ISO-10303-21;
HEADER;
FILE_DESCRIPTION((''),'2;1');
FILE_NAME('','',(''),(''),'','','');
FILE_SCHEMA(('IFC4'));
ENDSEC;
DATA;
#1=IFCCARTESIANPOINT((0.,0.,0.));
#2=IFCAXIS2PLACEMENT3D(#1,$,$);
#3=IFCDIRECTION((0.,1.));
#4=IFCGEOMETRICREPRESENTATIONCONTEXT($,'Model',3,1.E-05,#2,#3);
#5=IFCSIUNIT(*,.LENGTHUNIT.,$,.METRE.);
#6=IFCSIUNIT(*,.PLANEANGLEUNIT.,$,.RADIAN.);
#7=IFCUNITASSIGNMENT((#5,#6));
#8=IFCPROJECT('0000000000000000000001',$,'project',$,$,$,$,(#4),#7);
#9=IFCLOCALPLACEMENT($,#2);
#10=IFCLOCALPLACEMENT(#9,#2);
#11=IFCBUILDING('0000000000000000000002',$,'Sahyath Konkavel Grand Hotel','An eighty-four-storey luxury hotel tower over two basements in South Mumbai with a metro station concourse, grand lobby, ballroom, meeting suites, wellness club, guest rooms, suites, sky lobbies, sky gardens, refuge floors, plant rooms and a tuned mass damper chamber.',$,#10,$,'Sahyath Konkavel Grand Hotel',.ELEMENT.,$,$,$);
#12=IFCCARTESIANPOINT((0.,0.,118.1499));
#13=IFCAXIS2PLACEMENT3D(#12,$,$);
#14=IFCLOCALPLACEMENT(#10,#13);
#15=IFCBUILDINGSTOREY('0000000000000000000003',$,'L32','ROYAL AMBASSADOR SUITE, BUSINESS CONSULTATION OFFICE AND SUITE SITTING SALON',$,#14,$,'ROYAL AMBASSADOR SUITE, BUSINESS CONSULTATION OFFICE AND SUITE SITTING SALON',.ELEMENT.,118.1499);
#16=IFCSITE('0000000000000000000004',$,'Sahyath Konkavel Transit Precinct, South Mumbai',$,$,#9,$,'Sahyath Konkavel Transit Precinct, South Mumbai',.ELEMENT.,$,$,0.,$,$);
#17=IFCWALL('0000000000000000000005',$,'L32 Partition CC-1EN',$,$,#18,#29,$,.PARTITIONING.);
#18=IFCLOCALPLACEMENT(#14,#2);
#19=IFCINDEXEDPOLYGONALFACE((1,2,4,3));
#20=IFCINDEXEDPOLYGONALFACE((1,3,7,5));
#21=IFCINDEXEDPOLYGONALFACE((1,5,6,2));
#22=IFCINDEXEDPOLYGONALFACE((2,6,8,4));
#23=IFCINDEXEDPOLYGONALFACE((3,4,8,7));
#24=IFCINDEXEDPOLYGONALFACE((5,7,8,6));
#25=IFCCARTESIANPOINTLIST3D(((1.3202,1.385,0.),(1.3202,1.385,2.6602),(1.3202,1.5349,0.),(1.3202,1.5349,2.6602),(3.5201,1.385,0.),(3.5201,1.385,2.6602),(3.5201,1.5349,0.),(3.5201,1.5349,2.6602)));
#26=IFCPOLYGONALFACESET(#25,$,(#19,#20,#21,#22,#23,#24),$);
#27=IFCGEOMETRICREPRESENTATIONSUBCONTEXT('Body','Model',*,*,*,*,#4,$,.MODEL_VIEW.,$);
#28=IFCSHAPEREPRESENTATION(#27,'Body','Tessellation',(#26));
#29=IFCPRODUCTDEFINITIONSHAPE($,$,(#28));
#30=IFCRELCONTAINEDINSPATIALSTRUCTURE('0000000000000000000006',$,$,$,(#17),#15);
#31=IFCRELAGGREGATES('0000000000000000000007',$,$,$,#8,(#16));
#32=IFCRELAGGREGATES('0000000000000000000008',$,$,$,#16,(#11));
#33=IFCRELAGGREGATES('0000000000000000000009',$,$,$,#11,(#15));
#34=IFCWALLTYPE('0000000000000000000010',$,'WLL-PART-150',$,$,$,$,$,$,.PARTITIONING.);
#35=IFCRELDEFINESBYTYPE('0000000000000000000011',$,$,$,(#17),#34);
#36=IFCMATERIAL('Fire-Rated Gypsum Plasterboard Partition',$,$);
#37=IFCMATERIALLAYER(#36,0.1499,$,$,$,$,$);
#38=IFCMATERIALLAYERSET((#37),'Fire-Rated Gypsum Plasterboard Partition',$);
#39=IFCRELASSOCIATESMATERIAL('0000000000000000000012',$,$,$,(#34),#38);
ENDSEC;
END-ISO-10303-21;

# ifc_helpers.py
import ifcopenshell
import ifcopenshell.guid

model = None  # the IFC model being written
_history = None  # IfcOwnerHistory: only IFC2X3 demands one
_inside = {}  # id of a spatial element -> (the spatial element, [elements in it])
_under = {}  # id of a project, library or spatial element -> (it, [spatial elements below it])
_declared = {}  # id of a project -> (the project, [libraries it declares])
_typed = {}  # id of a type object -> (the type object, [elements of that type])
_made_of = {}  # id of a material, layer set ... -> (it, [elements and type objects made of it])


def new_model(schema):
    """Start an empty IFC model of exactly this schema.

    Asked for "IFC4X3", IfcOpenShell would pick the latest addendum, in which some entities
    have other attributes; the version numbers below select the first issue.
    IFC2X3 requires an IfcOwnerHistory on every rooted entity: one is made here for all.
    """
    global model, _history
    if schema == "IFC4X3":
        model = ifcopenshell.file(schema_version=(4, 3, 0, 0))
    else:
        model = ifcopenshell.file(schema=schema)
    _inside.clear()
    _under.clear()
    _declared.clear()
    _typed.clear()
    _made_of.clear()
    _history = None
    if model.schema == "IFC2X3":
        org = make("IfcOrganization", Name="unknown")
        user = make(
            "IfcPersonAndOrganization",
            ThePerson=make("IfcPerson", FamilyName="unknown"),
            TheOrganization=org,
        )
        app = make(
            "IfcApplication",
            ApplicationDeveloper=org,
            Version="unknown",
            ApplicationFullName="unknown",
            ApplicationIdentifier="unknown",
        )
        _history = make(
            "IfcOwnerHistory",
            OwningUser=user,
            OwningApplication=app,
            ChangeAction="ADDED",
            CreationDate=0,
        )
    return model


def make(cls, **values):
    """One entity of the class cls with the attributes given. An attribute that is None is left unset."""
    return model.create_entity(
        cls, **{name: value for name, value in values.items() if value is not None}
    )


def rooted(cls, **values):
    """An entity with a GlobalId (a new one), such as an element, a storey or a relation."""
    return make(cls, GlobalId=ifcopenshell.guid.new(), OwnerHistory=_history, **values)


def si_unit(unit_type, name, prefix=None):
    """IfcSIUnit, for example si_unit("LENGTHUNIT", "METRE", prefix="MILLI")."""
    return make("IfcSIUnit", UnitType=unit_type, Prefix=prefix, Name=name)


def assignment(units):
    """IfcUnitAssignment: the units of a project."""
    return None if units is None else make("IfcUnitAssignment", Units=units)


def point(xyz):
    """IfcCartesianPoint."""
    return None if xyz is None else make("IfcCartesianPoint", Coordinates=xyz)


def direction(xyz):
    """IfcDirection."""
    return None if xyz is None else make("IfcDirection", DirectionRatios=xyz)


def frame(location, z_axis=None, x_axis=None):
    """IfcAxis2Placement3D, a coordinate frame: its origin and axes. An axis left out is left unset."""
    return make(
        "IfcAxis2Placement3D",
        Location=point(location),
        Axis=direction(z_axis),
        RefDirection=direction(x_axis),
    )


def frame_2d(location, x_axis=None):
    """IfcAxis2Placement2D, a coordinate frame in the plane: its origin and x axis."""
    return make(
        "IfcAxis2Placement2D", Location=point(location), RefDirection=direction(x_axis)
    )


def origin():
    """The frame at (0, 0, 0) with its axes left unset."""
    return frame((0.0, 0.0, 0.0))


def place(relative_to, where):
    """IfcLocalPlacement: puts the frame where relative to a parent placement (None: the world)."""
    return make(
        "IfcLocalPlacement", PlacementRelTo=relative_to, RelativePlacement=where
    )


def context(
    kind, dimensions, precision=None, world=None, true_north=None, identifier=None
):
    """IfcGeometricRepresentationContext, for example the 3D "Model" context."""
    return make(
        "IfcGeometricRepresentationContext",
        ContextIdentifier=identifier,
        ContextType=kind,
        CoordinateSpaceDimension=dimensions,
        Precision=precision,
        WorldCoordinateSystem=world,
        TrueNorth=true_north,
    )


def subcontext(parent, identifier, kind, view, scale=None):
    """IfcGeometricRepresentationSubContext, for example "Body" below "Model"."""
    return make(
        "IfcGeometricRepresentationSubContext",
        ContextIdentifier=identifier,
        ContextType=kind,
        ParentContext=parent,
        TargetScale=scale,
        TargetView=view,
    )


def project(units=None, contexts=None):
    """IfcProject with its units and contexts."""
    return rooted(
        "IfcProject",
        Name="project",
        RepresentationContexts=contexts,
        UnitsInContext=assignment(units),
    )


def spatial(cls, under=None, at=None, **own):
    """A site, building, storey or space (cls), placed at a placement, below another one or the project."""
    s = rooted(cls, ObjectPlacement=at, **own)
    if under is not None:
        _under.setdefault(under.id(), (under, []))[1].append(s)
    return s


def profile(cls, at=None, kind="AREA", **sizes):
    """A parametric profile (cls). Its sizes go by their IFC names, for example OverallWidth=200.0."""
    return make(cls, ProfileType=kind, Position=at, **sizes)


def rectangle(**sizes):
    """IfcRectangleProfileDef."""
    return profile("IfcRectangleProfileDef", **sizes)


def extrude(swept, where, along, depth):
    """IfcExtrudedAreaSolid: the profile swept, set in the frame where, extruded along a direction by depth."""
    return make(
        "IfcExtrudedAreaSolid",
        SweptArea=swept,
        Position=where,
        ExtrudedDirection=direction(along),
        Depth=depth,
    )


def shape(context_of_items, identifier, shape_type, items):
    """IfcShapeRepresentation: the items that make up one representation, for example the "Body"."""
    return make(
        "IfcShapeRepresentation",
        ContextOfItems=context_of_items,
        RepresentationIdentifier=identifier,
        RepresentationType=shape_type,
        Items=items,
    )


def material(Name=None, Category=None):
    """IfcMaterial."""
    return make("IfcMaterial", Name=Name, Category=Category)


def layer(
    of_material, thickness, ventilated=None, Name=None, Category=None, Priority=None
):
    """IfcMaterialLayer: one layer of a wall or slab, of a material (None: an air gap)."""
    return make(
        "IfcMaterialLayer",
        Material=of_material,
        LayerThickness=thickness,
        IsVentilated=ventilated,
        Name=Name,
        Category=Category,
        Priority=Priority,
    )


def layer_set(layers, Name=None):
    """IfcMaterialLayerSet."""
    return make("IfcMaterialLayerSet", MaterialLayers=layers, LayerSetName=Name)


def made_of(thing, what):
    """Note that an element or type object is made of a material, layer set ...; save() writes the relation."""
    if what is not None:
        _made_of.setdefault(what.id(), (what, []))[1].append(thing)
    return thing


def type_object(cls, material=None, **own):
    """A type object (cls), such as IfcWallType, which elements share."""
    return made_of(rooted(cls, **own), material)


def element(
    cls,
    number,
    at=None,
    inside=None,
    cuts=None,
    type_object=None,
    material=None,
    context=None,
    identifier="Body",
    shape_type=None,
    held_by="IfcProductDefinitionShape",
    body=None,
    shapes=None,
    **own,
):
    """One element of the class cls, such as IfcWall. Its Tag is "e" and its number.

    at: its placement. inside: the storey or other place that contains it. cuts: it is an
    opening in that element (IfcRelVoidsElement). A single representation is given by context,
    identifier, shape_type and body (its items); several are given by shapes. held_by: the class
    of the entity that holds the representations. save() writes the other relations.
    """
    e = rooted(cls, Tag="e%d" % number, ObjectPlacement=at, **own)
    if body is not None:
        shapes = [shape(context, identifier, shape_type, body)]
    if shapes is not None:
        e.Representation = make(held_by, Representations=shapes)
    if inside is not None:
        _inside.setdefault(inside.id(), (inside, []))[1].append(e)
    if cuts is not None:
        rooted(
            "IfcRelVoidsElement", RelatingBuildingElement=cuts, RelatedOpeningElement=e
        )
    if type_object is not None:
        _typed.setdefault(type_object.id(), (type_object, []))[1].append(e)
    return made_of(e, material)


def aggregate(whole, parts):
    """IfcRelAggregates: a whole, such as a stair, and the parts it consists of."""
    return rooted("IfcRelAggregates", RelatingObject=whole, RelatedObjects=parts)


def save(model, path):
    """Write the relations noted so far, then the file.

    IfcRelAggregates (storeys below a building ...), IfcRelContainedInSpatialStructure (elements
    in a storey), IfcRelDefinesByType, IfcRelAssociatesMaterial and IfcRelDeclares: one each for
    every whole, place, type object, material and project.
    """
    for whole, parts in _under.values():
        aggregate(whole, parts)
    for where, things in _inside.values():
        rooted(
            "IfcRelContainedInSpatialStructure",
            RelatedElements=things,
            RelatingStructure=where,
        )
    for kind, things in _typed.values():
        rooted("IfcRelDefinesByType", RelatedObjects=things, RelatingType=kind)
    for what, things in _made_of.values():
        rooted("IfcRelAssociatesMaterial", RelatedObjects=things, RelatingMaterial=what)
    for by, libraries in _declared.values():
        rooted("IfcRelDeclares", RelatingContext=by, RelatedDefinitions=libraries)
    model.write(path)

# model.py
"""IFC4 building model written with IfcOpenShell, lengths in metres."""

from ifc_helpers import new_model, si_unit, direction, frame, frame_2d, origin, place, context, subcontext, project, spatial, rectangle, extrude, material, layer, layer_set, type_object, element, save


model = new_model("IFC4")

# Units and contexts
model_context = context("Model", 3, precision=1e-05, world=origin(), true_north=direction((0.0, 1.0)))
body_context = subcontext(model_context, "Body", "Model", "MODEL_VIEW")
ifc_project = project(units=[si_unit("LENGTHUNIT", "METRE"), si_unit("PLANEANGLEUNIT", "RADIAN")], contexts=[model_context])

# Site, building, storey
site_placement = place(None, origin())
site = spatial("IfcSite", under=ifc_project, at=site_placement, Name="Sahyath Konkavel Transit Precinct, South Mumbai", LongName="Sahyath Konkavel Transit Precinct, South Mumbai", CompositionType="ELEMENT", RefElevation=0.0)
building_placement = place(site_placement, origin())
building = spatial("IfcBuilding", under=site, at=building_placement, Name="Sahyath Konkavel Grand Hotel", Description="An eighty-four-storey luxury hotel tower over two basements in South Mumbai with a metro station concourse, grand lobby, ballroom, meeting suites, wellness club, guest rooms, suites, sky lobbies, sky gardens, refuge floors, plant rooms and a tuned mass damper chamber.", LongName="Sahyath Konkavel Grand Hotel", CompositionType="ELEMENT")
storey_placement = place(building_placement, frame((0.0, 0.0, 118.1499)))
storey = spatial("IfcBuildingStorey", under=building, at=storey_placement, Name="L32", Description="ROYAL AMBASSADOR SUITE, BUSINESS CONSULTATION OFFICE AND SUITE SITTING SALON", LongName="ROYAL AMBASSADOR SUITE, BUSINESS CONSULTATION OFFICE AND SUITE SITTING SALON", CompositionType="ELEMENT", Elevation=118.1499)

# Wall
ifc_material_1 = material(Name="Fire-Rated Gypsum Plasterboard Partition")
ifc_layer_1 = layer(ifc_material_1, 0.1499)
ifc_layer_set_1 = layer_set([ifc_layer_1], Name="Fire-Rated Gypsum Plasterboard Partition")
wall_type_1 = type_object("IfcWallType", Name="WLL-PART-150", PredefinedType="PARTITIONING", material=ifc_layer_set_1)
wall_1_placement = place(storey_placement, frame((1.3201, 1.46, 0.0), z_axis=(0.0, 0.0, 1.0), x_axis=(1.0, 0.0, 0.0)))
element("IfcWall", 1, at=wall_1_placement, inside=storey, type_object=wall_type_1, Name="L32 Partition CC-1EN", PredefinedType="PARTITIONING", context=body_context, shape_type="SweptSolid", body=[
    extrude(rectangle(XDim=2.2, YDim=0.1499, at=frame_2d((1.1001, 0.0))), origin(), (0.0, 0.0, 1.0), 2.6602),
])

save(model, "model.ifc")
